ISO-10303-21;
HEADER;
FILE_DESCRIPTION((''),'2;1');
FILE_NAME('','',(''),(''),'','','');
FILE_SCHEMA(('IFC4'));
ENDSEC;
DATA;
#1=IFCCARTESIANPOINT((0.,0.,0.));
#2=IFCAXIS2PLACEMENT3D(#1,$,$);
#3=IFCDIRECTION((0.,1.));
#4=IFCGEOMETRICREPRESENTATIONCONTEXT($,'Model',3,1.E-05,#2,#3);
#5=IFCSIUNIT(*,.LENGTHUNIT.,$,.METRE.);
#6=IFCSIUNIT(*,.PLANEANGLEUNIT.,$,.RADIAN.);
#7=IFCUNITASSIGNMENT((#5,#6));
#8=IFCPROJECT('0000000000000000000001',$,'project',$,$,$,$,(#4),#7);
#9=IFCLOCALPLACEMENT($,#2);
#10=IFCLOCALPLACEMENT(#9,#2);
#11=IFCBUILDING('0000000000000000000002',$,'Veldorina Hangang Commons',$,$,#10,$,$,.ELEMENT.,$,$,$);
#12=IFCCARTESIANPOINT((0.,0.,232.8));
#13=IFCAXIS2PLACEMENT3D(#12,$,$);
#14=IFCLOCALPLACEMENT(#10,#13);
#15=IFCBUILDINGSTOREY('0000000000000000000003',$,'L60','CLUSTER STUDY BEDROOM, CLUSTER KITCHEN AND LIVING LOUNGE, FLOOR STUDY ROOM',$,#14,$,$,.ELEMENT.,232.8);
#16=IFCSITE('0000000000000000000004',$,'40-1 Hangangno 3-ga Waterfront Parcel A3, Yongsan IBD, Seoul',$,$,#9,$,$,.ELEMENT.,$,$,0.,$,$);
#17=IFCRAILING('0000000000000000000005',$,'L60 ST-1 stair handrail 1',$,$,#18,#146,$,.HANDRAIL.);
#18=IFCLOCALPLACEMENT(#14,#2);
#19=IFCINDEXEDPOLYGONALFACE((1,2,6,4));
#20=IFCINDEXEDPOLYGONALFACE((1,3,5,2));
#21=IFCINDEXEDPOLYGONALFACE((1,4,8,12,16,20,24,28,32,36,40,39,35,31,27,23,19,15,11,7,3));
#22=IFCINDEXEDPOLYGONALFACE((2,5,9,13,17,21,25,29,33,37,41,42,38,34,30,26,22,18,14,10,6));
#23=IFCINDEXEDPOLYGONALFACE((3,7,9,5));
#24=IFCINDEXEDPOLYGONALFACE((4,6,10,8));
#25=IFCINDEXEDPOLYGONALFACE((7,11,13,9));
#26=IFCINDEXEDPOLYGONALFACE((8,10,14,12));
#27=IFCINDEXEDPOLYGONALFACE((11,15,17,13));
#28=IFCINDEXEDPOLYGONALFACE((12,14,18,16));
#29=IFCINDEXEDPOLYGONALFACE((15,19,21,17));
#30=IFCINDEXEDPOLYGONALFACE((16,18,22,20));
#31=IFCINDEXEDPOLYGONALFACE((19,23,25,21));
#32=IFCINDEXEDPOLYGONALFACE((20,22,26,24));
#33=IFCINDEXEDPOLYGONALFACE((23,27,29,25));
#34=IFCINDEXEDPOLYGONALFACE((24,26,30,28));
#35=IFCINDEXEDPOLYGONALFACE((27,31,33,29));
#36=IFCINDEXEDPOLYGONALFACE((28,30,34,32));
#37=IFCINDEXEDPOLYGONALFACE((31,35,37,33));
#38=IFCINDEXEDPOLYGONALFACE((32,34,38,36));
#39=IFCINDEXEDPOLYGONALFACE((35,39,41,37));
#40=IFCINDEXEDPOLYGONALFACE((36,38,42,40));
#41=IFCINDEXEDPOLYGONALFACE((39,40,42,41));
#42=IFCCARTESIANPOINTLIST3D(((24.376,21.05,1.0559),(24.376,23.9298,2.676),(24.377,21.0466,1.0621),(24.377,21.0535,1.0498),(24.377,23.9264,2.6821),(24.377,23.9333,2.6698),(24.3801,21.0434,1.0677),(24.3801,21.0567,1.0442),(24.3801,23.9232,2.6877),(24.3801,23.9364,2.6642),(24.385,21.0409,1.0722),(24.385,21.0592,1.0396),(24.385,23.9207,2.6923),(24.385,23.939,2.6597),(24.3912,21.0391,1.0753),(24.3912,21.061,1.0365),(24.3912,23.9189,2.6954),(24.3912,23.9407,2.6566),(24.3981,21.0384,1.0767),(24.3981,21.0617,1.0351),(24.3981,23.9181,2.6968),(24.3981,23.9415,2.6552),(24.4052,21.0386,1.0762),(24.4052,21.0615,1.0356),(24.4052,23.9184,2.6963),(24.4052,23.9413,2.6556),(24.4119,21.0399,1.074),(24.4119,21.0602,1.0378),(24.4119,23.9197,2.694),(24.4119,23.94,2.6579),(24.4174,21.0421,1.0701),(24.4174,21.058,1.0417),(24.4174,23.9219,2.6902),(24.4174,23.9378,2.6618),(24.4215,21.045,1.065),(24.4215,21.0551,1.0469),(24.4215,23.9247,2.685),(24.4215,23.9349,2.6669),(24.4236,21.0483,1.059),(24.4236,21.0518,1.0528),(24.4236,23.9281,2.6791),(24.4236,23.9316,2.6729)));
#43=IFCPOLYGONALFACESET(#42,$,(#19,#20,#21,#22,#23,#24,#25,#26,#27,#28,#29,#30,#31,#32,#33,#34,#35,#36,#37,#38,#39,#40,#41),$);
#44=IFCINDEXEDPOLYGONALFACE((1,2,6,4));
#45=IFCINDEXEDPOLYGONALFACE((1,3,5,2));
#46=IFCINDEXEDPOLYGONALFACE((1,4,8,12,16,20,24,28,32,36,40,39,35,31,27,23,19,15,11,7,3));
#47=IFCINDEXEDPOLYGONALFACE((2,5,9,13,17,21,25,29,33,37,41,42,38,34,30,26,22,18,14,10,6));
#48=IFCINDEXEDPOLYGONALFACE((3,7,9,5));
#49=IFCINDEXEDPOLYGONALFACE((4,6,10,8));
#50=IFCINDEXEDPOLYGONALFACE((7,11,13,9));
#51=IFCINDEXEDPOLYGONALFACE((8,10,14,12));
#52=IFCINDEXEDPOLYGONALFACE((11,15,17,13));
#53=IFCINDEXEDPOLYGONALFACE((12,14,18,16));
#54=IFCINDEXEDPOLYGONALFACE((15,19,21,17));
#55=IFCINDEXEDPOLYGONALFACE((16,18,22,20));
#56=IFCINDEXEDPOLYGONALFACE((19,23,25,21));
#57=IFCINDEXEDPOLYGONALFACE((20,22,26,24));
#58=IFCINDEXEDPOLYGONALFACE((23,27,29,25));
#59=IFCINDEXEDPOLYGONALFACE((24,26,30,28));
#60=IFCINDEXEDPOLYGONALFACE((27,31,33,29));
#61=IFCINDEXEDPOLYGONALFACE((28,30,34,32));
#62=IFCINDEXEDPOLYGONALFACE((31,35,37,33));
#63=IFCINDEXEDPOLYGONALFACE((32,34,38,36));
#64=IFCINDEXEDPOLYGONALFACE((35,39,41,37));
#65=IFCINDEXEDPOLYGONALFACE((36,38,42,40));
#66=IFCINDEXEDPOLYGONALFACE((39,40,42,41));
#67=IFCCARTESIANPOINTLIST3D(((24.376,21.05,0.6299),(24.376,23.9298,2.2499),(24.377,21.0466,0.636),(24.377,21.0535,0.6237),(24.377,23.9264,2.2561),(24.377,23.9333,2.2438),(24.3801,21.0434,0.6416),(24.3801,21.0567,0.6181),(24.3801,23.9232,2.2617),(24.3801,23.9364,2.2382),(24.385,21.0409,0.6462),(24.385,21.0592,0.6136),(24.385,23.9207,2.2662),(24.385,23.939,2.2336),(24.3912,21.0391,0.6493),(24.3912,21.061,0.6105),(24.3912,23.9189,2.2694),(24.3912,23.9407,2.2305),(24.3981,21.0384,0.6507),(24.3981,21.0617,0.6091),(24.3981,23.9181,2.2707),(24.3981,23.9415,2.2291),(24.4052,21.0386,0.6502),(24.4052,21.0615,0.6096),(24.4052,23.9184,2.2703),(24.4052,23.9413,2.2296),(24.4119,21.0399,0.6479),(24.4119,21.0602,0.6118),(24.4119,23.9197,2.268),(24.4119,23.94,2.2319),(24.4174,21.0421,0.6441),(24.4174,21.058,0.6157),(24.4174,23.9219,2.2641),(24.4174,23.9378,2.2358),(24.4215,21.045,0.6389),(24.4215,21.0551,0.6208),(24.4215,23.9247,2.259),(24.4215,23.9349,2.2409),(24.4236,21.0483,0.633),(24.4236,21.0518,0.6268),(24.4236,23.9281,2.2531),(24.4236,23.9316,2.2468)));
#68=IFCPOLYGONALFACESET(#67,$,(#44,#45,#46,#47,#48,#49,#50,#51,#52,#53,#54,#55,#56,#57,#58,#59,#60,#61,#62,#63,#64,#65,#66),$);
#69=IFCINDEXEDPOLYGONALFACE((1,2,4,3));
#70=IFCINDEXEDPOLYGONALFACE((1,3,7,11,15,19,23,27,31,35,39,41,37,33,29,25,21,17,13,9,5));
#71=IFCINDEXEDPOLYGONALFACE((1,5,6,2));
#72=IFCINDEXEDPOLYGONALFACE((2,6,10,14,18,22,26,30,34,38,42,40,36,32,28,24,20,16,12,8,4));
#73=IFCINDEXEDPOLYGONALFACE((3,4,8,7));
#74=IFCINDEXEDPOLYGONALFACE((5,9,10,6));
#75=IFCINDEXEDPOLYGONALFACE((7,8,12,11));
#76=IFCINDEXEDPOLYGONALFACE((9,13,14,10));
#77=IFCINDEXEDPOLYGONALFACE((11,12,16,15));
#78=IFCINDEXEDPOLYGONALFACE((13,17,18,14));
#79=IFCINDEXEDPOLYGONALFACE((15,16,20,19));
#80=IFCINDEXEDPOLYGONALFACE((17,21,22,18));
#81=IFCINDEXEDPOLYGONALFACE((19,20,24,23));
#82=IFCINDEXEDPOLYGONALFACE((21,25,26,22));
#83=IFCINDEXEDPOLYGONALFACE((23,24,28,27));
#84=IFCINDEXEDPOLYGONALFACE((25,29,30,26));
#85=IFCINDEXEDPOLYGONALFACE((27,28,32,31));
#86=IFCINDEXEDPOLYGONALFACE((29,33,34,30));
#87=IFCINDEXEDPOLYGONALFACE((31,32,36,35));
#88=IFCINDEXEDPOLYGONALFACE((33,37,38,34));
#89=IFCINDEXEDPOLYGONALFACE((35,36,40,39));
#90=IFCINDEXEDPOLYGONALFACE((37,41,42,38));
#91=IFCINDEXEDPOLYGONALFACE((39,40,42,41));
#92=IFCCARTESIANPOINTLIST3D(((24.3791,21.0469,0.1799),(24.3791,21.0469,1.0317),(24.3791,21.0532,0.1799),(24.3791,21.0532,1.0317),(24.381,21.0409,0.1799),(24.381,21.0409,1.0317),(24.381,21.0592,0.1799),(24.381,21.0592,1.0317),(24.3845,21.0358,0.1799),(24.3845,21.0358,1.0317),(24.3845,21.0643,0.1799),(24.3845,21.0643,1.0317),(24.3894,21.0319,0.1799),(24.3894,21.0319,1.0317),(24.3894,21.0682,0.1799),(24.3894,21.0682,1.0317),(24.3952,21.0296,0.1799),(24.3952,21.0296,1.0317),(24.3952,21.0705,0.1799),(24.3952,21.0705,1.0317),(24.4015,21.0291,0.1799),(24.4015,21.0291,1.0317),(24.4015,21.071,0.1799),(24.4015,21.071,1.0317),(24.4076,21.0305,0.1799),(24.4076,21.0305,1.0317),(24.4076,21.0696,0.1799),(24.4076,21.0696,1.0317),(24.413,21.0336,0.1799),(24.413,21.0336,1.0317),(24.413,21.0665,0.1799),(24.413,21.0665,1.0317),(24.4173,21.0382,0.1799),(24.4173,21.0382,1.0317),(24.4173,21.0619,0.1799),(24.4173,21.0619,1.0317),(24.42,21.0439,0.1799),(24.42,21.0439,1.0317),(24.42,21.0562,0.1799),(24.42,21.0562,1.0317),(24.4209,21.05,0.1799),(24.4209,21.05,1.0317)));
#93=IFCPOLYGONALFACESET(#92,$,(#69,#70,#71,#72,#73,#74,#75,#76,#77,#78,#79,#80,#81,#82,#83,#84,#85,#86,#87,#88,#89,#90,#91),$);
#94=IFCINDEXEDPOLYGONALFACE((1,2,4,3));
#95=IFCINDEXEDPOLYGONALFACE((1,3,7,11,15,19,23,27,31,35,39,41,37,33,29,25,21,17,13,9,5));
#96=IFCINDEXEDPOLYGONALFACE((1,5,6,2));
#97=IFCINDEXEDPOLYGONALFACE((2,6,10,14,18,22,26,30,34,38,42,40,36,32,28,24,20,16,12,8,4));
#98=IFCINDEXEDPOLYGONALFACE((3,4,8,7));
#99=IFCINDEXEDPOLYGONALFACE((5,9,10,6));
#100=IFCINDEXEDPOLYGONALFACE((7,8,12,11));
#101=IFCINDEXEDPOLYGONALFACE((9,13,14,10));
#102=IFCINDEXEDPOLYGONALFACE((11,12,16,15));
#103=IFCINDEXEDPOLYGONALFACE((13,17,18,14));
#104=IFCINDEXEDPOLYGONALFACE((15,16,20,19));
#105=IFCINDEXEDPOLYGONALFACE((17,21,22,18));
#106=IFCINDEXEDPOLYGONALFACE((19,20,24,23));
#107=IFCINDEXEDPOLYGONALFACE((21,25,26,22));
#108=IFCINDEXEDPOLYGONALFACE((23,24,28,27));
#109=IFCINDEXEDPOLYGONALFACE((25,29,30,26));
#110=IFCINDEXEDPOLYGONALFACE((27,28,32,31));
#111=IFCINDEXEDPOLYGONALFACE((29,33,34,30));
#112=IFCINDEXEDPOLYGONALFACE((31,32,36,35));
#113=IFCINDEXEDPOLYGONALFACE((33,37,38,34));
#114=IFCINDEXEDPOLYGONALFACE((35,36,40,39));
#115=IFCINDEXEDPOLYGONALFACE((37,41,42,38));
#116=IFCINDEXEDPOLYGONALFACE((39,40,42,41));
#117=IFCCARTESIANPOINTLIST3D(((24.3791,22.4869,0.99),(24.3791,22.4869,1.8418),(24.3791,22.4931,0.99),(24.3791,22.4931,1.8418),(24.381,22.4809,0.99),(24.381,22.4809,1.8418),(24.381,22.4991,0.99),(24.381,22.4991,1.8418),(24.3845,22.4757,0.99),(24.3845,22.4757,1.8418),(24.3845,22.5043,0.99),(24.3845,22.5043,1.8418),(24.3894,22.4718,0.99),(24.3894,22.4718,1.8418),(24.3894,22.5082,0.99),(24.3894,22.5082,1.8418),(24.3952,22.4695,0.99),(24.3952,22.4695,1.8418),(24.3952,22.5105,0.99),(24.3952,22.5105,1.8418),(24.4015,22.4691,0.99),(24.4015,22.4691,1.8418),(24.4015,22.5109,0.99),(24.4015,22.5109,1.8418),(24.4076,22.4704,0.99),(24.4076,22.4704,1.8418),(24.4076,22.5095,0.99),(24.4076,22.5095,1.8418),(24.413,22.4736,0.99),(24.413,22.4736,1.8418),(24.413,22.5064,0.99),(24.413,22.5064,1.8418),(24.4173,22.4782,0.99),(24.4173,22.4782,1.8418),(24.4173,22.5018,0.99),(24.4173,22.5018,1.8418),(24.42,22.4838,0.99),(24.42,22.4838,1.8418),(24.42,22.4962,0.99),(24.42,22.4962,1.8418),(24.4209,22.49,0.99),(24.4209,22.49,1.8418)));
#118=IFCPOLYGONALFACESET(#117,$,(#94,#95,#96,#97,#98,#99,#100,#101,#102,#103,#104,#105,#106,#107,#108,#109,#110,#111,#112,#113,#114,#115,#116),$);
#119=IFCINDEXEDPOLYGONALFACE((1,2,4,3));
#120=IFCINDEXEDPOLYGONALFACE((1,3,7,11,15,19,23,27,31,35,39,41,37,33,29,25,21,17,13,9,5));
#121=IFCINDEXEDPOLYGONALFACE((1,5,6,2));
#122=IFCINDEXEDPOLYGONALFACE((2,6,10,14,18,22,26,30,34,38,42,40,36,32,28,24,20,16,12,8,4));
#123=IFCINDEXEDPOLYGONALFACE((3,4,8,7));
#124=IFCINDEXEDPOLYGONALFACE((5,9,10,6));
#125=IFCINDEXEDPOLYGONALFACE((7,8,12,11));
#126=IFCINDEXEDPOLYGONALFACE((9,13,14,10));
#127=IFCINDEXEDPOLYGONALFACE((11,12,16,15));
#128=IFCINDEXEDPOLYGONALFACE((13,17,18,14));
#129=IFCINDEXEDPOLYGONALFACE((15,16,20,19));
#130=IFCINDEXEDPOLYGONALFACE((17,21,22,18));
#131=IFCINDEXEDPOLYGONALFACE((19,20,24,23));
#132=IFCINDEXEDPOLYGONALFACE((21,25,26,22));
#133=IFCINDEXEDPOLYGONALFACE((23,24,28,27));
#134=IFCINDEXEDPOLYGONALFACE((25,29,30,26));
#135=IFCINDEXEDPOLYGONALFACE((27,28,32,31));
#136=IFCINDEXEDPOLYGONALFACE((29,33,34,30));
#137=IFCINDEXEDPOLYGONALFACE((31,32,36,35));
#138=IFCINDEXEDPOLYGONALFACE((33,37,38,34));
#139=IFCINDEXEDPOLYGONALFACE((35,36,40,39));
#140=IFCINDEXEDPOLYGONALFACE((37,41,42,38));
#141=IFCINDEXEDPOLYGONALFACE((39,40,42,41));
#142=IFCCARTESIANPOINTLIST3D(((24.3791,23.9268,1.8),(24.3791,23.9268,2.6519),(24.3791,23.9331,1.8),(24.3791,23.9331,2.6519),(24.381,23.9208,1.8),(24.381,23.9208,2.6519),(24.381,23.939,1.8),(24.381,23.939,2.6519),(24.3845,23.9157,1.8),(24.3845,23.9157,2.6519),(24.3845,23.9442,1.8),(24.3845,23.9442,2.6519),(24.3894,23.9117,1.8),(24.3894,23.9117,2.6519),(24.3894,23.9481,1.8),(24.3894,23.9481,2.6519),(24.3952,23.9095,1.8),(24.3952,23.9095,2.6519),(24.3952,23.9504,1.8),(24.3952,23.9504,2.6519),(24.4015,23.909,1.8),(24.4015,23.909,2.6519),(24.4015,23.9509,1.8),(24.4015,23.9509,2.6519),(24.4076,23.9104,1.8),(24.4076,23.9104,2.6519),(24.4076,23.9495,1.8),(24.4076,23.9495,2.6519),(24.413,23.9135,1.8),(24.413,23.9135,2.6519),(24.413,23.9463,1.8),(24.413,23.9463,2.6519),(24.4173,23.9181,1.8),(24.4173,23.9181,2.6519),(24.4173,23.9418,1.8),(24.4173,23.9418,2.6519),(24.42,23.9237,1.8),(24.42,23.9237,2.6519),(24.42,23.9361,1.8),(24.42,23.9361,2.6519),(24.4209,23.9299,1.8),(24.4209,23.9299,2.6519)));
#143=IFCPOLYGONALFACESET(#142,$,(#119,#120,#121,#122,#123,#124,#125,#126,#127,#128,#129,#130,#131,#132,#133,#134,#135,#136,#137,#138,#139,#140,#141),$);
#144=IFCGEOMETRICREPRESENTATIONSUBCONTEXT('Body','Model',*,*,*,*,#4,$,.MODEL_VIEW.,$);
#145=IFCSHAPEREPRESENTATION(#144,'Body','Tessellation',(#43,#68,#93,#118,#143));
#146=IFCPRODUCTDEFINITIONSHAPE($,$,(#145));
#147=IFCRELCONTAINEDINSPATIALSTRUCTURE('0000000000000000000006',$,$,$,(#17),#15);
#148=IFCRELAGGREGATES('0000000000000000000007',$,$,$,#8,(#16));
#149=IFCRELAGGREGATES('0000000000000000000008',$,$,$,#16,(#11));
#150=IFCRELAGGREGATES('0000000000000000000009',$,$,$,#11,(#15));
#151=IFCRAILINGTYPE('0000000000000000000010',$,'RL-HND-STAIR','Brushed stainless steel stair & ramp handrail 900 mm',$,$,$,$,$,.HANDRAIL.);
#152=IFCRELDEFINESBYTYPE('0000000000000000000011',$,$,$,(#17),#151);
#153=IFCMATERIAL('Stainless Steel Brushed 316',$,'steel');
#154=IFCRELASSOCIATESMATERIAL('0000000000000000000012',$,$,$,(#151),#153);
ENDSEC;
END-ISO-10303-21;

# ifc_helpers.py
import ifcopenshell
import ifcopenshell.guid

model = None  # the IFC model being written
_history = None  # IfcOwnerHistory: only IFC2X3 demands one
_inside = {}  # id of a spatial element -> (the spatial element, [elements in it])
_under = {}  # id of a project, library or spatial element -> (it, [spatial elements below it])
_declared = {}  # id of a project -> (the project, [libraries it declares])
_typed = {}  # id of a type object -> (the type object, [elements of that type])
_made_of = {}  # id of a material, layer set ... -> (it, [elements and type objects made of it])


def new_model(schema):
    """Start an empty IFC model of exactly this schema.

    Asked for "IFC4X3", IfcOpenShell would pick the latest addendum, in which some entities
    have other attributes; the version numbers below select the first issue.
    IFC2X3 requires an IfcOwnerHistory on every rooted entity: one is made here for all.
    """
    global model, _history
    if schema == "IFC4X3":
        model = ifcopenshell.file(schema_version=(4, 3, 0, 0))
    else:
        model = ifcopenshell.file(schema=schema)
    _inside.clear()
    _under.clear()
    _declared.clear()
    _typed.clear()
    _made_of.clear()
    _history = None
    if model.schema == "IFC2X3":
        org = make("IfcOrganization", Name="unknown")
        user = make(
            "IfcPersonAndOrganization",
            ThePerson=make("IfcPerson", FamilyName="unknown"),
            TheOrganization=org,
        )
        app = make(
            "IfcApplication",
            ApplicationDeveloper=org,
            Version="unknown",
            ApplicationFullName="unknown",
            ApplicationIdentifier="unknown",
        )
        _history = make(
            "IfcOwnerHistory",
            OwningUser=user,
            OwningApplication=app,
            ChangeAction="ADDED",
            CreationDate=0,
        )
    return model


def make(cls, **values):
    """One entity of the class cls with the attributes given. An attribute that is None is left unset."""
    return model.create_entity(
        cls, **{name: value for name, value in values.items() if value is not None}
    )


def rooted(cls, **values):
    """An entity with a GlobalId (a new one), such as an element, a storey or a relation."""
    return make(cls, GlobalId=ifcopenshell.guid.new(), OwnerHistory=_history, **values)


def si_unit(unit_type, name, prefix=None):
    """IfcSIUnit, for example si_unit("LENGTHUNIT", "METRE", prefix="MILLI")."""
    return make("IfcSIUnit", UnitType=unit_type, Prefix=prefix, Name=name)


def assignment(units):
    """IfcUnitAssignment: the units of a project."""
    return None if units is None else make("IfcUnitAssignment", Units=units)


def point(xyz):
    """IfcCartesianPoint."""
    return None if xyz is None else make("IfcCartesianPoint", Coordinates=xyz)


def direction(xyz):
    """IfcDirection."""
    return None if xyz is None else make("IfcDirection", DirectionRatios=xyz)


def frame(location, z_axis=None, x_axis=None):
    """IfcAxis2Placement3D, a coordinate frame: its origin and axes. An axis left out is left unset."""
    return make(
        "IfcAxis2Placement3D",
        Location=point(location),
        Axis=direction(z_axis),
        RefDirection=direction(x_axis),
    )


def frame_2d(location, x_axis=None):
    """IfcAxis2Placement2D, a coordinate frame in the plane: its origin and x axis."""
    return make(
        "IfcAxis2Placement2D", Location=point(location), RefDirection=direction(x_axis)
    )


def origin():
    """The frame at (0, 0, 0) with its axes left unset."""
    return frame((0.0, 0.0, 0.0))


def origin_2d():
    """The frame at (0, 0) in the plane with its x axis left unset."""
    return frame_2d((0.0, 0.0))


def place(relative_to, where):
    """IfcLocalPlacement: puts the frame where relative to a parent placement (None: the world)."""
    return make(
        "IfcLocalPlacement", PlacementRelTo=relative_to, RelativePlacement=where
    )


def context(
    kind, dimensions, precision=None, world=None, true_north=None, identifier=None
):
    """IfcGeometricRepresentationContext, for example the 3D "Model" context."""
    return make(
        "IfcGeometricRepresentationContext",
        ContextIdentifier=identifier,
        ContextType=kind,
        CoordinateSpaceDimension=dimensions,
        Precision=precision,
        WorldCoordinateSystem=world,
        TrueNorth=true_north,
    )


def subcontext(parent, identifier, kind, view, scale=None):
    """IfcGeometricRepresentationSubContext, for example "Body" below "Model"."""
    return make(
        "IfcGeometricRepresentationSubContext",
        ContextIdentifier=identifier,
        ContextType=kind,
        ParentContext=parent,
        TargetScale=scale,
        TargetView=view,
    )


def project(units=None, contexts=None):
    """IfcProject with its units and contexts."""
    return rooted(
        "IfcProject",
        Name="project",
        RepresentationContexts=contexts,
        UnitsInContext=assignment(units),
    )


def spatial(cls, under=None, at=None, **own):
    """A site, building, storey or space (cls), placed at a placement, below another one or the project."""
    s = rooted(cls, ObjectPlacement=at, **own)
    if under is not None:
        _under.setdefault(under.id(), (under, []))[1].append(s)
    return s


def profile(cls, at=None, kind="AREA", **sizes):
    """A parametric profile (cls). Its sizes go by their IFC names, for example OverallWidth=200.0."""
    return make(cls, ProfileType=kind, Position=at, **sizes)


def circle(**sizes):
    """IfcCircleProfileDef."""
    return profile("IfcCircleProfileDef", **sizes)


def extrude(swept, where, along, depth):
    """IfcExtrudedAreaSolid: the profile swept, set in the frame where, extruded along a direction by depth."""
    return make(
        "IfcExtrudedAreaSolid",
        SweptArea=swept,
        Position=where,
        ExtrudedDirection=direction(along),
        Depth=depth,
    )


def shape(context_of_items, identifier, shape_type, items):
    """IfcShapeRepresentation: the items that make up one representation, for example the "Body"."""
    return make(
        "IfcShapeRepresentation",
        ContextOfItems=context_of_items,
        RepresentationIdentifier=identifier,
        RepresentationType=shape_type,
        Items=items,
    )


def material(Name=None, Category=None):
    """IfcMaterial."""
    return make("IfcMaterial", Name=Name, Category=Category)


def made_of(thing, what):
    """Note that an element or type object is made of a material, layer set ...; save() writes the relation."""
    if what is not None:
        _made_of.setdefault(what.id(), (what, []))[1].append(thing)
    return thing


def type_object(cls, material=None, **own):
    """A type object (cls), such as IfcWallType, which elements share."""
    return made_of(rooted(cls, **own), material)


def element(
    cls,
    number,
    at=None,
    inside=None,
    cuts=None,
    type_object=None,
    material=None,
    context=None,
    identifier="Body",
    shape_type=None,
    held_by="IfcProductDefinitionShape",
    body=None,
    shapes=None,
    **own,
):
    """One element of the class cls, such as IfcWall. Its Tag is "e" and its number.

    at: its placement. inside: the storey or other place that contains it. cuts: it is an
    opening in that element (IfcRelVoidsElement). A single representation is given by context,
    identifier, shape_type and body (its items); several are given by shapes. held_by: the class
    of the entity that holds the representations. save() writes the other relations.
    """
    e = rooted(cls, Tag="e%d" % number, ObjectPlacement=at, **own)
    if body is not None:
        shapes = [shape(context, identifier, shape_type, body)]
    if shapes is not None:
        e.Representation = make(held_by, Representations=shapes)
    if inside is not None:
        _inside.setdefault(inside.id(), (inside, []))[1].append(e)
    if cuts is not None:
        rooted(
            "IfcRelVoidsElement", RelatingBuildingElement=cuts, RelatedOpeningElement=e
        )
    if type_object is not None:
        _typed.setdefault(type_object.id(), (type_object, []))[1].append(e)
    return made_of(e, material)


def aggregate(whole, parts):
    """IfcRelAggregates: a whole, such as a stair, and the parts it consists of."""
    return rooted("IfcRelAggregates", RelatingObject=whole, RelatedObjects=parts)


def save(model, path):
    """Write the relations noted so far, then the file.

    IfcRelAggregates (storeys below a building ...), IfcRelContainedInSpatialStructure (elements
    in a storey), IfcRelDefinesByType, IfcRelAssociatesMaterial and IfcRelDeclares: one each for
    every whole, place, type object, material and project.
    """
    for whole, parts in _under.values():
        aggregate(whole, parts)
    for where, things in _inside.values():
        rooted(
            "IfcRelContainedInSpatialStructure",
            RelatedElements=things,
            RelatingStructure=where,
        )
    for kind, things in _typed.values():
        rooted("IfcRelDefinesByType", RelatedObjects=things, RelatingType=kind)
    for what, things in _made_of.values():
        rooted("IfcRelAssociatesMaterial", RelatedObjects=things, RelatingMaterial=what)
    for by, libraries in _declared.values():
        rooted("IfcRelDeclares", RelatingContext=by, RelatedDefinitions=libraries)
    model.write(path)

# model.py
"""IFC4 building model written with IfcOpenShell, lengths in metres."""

from ifc_helpers import new_model, si_unit, direction, frame, origin, origin_2d, place, context, subcontext, project, spatial, circle, extrude, material, type_object, element, save


model = new_model("IFC4")

# Units and contexts
model_context = context("Model", 3, precision=1e-05, world=origin(), true_north=direction((0.0, 1.0)))
body_context = subcontext(model_context, "Body", "Model", "MODEL_VIEW")
ifc_project = project(units=[si_unit("LENGTHUNIT", "METRE"), si_unit("PLANEANGLEUNIT", "RADIAN")], contexts=[model_context])

# Site, building, storey
site_placement = place(None, origin())
site = spatial("IfcSite", under=ifc_project, at=site_placement, Name="40-1 Hangangno 3-ga Waterfront Parcel A3, Yongsan IBD, Seoul", CompositionType="ELEMENT", RefElevation=0.0)
building_placement = place(site_placement, origin())
building = spatial("IfcBuilding", under=site, at=building_placement, Name="Veldorina Hangang Commons", CompositionType="ELEMENT")
storey_placement = place(building_placement, frame((0.0, 0.0, 232.8)))
storey = spatial("IfcBuildingStorey", under=building, at=storey_placement, Name="L60", Description="CLUSTER STUDY BEDROOM, CLUSTER KITCHEN AND LIVING LOUNGE, FLOOR STUDY ROOM", CompositionType="ELEMENT", Elevation=232.8)

# Railing
ifc_material_1 = material(Name="Stainless Steel Brushed 316", Category="steel")
railing_type_1 = type_object("IfcRailingType", Name="RL-HND-STAIR", Description="Brushed stainless steel stair & ramp handrail 900 mm", PredefinedType="HANDRAIL", material=ifc_material_1)
railing_1_placement = place(storey_placement, frame((24.3999, 21.05, 0.1799)))
element("IfcRailing", 1, at=railing_1_placement, inside=storey, type_object=railing_type_1, Name="L60 ST-1 stair handrail 1", PredefinedType="HANDRAIL", context=body_context, shape_type="SweptSolid", body=[
    extrude(circle(Radius=0.0239, at=origin_2d()), frame((0.0, 0.0, 0.876), z_axis=(0.0, 0.871552, 0.490303), x_axis=(-1.0, 0.0, 0.0)), (0.0, 0.0, 1.0), 3.3042),
    extrude(circle(Radius=0.0239, at=origin_2d()), frame((0.0, 0.0, 0.45), z_axis=(0.0, 0.871552, 0.490303), x_axis=(-1.0, 0.0, 0.0)), (0.0, 0.0, 1.0), 3.3042),
    extrude(circle(Radius=0.021, at=origin_2d()), origin(), (0.0, 0.0, 1.0), 0.8518),
    extrude(circle(Radius=0.021, at=origin_2d()), frame((0.0, 1.4399, 0.8101)), (0.0, 0.0, 1.0), 0.8518),
    extrude(circle(Radius=0.021, at=origin_2d()), frame((0.0, 2.8799, 1.6201)), (0.0, 0.0, 1.0), 0.8518),
])

save(model, "model.ifc")
